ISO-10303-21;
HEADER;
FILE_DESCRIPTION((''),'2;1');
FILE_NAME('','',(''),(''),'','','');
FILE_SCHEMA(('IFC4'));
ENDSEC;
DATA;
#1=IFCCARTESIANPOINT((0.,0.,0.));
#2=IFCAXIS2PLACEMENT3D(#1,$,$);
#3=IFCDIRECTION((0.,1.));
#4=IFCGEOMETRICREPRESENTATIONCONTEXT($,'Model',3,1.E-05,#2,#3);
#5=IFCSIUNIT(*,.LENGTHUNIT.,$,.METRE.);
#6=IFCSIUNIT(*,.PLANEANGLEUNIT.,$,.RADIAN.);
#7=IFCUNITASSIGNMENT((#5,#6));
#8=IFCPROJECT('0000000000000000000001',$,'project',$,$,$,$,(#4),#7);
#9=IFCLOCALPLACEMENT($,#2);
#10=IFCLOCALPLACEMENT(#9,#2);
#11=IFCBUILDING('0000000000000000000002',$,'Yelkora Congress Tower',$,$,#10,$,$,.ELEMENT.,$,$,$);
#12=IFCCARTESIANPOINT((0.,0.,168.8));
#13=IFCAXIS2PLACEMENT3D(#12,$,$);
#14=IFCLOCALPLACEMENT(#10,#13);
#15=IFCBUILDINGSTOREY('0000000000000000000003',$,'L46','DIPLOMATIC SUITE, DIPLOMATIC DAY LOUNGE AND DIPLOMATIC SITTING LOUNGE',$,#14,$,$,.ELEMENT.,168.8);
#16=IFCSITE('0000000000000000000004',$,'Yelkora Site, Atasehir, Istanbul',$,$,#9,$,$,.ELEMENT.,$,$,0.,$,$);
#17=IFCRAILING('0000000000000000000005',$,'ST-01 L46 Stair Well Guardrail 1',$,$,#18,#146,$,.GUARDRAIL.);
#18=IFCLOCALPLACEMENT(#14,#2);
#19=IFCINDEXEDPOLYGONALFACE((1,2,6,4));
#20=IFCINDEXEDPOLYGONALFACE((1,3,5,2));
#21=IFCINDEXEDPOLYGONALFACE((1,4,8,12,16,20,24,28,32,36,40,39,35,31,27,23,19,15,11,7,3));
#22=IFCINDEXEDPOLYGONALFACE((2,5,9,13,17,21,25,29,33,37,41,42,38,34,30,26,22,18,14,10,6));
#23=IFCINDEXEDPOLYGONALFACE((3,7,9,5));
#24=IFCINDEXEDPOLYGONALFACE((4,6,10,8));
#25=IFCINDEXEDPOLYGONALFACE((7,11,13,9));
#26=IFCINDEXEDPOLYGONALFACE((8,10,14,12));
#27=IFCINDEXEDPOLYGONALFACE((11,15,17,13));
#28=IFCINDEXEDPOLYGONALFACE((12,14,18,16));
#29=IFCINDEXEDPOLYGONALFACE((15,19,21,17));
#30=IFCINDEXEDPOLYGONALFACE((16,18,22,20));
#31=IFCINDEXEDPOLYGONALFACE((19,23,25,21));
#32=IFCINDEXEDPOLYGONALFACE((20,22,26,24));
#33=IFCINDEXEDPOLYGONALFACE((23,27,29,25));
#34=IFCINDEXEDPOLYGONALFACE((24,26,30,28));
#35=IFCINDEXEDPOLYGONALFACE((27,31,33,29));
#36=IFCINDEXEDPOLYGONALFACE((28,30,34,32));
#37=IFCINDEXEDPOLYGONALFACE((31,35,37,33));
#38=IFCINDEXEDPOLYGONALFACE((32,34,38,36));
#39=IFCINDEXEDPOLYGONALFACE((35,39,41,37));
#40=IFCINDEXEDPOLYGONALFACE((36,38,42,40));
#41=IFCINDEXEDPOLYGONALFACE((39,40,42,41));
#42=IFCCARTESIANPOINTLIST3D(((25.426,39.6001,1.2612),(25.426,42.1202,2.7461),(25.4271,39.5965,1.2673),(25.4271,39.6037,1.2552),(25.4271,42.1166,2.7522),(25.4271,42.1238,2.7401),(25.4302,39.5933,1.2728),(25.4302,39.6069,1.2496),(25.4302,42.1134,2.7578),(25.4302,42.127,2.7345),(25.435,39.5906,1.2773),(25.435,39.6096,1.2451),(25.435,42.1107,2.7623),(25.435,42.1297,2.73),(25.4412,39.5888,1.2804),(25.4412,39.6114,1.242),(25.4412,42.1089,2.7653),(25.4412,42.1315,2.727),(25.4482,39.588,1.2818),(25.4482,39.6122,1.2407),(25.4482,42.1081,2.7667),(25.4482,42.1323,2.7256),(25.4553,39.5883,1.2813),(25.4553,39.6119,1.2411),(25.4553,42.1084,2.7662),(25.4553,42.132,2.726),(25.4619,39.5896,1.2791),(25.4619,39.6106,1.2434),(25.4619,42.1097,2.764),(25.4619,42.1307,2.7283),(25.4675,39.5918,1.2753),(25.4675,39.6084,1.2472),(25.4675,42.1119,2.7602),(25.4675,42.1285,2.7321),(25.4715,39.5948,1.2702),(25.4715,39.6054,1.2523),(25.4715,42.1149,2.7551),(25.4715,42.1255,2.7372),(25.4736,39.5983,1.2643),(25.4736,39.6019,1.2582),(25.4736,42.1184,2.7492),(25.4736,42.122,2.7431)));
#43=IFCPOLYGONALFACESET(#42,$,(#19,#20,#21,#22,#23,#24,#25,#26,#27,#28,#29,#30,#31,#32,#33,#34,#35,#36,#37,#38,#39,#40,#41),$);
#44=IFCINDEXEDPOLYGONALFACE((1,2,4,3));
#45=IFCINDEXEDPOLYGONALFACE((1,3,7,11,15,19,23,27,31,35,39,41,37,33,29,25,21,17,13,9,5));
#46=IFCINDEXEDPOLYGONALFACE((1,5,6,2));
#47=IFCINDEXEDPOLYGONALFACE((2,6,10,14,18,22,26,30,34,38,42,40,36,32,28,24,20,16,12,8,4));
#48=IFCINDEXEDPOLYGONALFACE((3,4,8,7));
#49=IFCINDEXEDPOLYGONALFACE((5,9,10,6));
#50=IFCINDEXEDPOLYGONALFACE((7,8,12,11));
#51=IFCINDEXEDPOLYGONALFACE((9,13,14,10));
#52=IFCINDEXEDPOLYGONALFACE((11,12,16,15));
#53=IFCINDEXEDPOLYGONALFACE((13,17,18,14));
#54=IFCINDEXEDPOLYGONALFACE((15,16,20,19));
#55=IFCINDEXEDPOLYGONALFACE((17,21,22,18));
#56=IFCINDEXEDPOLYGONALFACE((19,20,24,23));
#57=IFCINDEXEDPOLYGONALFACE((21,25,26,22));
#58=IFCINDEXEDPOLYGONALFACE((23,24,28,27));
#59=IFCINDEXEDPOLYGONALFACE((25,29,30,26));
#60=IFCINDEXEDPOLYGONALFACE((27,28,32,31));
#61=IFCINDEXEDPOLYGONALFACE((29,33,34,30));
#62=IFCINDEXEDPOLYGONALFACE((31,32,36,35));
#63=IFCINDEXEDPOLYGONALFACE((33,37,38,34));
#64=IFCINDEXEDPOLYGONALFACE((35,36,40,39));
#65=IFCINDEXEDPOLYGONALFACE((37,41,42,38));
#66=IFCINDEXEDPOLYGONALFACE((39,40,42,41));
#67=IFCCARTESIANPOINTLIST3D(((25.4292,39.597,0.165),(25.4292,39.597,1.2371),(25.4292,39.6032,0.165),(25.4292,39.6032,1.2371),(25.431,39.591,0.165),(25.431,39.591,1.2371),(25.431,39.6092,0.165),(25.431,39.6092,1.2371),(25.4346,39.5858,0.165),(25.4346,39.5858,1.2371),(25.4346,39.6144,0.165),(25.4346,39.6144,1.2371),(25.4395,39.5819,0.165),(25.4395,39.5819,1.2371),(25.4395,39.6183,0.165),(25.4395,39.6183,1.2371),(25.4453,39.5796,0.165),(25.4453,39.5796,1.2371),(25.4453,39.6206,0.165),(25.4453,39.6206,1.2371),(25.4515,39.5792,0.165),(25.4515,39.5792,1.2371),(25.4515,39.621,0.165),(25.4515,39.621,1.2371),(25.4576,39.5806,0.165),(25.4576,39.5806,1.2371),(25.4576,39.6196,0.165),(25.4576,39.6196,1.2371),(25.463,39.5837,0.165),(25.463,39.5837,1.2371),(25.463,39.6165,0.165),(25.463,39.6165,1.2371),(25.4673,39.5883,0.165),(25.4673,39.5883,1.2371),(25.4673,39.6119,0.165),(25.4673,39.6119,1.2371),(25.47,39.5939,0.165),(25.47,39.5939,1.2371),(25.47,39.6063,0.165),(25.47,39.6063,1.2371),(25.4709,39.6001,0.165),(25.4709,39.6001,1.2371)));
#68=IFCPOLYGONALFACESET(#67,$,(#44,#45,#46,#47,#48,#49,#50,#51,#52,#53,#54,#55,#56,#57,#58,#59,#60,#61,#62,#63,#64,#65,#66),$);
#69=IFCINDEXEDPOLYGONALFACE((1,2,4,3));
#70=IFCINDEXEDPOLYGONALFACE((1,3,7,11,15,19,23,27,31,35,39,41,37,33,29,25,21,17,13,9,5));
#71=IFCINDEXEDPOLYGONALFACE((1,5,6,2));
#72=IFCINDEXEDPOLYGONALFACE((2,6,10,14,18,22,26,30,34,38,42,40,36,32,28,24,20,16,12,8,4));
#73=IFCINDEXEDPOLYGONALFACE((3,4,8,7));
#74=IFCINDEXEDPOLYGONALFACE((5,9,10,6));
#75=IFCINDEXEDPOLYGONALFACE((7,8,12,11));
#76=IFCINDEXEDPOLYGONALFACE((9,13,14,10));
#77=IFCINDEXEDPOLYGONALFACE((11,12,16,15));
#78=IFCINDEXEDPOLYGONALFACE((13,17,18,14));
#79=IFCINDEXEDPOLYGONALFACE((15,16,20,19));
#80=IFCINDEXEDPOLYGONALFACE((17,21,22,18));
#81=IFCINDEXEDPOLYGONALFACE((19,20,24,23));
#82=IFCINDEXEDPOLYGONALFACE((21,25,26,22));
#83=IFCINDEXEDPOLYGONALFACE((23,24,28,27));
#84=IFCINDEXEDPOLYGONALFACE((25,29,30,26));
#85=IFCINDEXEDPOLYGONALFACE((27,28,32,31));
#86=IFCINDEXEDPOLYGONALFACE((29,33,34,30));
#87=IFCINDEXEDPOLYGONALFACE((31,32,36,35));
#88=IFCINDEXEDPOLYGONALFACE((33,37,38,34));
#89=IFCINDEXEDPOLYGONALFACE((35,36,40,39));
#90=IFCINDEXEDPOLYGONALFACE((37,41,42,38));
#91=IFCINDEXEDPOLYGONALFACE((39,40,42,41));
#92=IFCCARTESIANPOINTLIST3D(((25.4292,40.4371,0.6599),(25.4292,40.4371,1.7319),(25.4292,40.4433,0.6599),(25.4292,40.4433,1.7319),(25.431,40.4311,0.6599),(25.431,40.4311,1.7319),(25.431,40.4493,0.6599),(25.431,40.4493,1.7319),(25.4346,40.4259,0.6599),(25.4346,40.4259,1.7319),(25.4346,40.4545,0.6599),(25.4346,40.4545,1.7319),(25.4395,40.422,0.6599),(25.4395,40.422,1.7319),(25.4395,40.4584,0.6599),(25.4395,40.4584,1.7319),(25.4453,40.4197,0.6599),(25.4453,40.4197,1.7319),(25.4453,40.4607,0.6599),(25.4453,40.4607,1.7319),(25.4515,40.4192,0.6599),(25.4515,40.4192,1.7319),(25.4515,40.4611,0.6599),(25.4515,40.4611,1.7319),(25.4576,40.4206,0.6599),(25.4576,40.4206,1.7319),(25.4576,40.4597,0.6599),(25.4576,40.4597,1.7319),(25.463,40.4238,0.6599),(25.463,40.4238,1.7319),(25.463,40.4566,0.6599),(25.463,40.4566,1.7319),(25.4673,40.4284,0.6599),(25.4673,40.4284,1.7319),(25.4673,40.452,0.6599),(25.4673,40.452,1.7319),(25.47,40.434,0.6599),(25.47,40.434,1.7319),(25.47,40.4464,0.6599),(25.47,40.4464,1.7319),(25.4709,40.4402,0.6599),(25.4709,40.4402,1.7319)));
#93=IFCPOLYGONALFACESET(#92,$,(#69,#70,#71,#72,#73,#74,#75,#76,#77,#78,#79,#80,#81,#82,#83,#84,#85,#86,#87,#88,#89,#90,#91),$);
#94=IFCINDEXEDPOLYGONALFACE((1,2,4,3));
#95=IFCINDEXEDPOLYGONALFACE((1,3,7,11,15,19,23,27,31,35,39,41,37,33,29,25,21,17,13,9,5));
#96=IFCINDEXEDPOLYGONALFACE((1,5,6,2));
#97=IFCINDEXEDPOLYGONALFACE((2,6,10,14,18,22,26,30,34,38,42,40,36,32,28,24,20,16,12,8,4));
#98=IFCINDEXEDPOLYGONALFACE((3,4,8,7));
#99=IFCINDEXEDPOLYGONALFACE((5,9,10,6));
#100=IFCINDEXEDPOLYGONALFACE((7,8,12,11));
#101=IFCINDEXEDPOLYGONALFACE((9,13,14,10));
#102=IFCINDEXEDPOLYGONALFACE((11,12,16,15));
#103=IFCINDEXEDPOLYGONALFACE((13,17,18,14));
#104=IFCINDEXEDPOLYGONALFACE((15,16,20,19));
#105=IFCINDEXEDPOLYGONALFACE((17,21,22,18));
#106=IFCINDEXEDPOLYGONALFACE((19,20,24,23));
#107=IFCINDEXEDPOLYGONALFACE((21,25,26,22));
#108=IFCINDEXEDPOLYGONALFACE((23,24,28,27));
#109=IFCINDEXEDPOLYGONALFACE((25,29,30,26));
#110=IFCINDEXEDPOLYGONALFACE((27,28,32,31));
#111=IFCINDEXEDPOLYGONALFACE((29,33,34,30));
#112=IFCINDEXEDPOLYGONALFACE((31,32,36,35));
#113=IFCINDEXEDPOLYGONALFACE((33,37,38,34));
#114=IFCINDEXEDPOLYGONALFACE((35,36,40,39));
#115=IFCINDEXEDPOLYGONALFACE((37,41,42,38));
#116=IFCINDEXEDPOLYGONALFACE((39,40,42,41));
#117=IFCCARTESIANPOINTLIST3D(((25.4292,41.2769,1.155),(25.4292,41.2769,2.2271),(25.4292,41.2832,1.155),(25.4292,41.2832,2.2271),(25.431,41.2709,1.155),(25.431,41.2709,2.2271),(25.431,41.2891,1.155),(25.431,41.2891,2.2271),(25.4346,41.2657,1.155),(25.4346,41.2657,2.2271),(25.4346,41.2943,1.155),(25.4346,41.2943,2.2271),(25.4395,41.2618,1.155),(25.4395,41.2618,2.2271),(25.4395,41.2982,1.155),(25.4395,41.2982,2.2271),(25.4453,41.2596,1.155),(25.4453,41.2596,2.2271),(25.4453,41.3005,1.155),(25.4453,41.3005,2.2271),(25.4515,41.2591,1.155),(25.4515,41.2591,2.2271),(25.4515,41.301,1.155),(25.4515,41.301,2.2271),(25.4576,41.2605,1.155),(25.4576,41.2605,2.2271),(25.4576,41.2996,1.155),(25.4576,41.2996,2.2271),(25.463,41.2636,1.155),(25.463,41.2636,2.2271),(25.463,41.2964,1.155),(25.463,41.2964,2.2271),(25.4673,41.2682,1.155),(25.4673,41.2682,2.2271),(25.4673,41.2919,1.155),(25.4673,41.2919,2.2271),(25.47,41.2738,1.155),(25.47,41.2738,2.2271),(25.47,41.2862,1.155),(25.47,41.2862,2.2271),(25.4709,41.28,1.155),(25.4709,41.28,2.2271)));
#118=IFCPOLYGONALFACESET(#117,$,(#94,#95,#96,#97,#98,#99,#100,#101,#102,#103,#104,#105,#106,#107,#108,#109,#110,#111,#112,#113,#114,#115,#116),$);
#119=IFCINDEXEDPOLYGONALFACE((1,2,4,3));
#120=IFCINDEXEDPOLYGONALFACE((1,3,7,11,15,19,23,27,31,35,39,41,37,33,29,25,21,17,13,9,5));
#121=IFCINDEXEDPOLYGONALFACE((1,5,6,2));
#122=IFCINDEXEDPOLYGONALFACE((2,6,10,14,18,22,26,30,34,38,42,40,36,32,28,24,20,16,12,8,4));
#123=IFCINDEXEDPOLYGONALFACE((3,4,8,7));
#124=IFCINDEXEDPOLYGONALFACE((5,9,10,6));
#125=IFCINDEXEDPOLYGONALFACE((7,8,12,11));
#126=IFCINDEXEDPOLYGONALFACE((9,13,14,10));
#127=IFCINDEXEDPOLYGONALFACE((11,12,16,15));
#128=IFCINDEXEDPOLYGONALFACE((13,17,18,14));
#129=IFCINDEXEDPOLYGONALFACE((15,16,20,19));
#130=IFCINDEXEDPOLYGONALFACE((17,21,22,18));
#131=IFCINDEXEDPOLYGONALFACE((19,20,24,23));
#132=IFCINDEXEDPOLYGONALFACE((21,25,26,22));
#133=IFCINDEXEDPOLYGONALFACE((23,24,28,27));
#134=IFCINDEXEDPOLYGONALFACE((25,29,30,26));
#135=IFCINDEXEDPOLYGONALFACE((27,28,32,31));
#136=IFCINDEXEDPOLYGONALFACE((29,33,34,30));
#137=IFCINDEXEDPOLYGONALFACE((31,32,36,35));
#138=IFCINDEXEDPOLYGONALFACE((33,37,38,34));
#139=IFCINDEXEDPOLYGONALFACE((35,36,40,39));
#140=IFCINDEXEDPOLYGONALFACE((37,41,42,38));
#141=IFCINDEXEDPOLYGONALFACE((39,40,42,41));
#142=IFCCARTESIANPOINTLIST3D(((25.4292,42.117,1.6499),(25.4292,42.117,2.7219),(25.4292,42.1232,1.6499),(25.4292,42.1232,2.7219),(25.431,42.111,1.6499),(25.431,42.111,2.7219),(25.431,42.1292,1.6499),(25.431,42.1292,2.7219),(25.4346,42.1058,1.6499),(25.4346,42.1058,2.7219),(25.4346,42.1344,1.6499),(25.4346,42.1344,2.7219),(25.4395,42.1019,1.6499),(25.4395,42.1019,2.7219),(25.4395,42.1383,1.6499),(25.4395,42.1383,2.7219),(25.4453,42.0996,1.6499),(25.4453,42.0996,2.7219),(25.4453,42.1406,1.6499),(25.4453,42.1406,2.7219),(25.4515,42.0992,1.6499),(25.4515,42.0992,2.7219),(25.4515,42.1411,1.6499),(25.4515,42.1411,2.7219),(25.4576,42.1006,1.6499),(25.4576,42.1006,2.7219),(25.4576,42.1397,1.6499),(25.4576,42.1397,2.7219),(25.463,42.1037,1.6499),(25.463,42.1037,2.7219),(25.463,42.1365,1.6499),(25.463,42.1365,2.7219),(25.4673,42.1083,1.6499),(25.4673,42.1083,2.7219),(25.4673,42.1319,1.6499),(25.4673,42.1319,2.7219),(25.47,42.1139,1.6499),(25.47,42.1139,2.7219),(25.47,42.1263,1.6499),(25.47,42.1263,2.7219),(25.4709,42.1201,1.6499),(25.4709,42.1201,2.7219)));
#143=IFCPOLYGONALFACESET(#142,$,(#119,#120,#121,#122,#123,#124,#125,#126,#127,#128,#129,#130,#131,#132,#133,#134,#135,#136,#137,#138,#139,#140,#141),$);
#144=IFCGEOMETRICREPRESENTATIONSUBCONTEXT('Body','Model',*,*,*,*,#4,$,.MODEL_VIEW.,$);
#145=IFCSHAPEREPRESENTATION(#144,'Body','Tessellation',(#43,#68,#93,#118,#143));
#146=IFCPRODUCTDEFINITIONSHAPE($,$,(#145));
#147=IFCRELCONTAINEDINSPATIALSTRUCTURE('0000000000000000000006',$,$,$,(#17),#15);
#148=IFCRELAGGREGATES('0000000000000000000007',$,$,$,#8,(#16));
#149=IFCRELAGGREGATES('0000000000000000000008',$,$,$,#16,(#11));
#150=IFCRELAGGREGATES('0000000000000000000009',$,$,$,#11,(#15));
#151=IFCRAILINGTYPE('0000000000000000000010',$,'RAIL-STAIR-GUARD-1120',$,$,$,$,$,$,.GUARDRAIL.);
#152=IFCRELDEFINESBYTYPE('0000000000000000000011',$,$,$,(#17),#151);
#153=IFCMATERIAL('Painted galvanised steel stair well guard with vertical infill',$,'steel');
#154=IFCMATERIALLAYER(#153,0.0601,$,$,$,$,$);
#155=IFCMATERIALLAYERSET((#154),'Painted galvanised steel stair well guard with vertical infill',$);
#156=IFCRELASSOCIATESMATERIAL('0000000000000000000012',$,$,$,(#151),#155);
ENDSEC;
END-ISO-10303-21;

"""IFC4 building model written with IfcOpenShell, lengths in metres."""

from ifc_helpers import new_model, si_unit, direction, frame, origin, origin_2d, place, context, subcontext, project, spatial, circle, extrude, material, layer, layer_set, type_object, element, save


model = new_model("IFC4")

# Units and contexts
model_context = context("Model", 3, precision=1e-05, world=origin(), true_north=direction((0.0, 1.0)))
body_context = subcontext(model_context, "Body", "Model", "MODEL_VIEW")
ifc_project = project(units=[si_unit("LENGTHUNIT", "METRE"), si_unit("PLANEANGLEUNIT", "RADIAN")], contexts=[model_context])

# Site, building, storey
site_placement = place(None, origin())
site = spatial("IfcSite", under=ifc_project, at=site_placement, Name="Yelkora Site, Atasehir, Istanbul", CompositionType="ELEMENT", RefElevation=0.0)
building_placement = place(site_placement, origin())
building = spatial("IfcBuilding", under=site, at=building_placement, Name="Yelkora Congress Tower", CompositionType="ELEMENT")
storey_placement = place(building_placement, frame((0.0, 0.0, 168.8)))
storey = spatial("IfcBuildingStorey", under=building, at=storey_placement, Name="L46", Description="DIPLOMATIC SUITE, DIPLOMATIC DAY LOUNGE AND DIPLOMATIC SITTING LOUNGE", CompositionType="ELEMENT", Elevation=168.8)

# Railing
ifc_material_1 = material(Name="Painted galvanised steel stair well guard with vertical infill", Category="steel")
ifc_layer_1 = layer(ifc_material_1, 0.0601)
ifc_layer_set_1 = layer_set([ifc_layer_1], Name="Painted galvanised steel stair well guard with vertical infill")
railing_type_1 = type_object("IfcRailingType", Name="RAIL-STAIR-GUARD-1120", PredefinedType="GUARDRAIL", material=ifc_layer_set_1)
railing_1_placement = place(storey_placement, frame((25.45, 39.6001, 0.165)))
element("IfcRailing", 1, at=railing_1_placement, inside=storey, type_object=railing_type_1, Name="ST-01 L46 Stair Well Guardrail 1", PredefinedType="GUARDRAIL", context=body_context, shape_type="SweptSolid", body=[
    extrude(circle(Radius=0.0239, at=origin_2d()), frame((0.0, 0.0, 1.0962), z_axis=(0.0, 0.861561, 0.507655), x_axis=(-1.0, 0.0, 0.0)), (0.0, 0.0, 1.0), 2.925),
    extrude(circle(Radius=0.021, at=origin_2d()), origin(), (0.0, 0.0, 1.0), 1.072),
    extrude(circle(Radius=0.021, at=origin_2d()), frame((0.0, 0.8401, 0.4949)), (0.0, 0.0, 1.0), 1.072),
    extrude(circle(Radius=0.021, at=origin_2d()), frame((0.0, 1.6799, 0.99)), (0.0, 0.0, 1.0), 1.072),
    extrude(circle(Radius=0.021, at=origin_2d()), frame((0.0, 2.52, 1.4849)), (0.0, 0.0, 1.0), 1.072),
])

save(model, "model.ifc")
